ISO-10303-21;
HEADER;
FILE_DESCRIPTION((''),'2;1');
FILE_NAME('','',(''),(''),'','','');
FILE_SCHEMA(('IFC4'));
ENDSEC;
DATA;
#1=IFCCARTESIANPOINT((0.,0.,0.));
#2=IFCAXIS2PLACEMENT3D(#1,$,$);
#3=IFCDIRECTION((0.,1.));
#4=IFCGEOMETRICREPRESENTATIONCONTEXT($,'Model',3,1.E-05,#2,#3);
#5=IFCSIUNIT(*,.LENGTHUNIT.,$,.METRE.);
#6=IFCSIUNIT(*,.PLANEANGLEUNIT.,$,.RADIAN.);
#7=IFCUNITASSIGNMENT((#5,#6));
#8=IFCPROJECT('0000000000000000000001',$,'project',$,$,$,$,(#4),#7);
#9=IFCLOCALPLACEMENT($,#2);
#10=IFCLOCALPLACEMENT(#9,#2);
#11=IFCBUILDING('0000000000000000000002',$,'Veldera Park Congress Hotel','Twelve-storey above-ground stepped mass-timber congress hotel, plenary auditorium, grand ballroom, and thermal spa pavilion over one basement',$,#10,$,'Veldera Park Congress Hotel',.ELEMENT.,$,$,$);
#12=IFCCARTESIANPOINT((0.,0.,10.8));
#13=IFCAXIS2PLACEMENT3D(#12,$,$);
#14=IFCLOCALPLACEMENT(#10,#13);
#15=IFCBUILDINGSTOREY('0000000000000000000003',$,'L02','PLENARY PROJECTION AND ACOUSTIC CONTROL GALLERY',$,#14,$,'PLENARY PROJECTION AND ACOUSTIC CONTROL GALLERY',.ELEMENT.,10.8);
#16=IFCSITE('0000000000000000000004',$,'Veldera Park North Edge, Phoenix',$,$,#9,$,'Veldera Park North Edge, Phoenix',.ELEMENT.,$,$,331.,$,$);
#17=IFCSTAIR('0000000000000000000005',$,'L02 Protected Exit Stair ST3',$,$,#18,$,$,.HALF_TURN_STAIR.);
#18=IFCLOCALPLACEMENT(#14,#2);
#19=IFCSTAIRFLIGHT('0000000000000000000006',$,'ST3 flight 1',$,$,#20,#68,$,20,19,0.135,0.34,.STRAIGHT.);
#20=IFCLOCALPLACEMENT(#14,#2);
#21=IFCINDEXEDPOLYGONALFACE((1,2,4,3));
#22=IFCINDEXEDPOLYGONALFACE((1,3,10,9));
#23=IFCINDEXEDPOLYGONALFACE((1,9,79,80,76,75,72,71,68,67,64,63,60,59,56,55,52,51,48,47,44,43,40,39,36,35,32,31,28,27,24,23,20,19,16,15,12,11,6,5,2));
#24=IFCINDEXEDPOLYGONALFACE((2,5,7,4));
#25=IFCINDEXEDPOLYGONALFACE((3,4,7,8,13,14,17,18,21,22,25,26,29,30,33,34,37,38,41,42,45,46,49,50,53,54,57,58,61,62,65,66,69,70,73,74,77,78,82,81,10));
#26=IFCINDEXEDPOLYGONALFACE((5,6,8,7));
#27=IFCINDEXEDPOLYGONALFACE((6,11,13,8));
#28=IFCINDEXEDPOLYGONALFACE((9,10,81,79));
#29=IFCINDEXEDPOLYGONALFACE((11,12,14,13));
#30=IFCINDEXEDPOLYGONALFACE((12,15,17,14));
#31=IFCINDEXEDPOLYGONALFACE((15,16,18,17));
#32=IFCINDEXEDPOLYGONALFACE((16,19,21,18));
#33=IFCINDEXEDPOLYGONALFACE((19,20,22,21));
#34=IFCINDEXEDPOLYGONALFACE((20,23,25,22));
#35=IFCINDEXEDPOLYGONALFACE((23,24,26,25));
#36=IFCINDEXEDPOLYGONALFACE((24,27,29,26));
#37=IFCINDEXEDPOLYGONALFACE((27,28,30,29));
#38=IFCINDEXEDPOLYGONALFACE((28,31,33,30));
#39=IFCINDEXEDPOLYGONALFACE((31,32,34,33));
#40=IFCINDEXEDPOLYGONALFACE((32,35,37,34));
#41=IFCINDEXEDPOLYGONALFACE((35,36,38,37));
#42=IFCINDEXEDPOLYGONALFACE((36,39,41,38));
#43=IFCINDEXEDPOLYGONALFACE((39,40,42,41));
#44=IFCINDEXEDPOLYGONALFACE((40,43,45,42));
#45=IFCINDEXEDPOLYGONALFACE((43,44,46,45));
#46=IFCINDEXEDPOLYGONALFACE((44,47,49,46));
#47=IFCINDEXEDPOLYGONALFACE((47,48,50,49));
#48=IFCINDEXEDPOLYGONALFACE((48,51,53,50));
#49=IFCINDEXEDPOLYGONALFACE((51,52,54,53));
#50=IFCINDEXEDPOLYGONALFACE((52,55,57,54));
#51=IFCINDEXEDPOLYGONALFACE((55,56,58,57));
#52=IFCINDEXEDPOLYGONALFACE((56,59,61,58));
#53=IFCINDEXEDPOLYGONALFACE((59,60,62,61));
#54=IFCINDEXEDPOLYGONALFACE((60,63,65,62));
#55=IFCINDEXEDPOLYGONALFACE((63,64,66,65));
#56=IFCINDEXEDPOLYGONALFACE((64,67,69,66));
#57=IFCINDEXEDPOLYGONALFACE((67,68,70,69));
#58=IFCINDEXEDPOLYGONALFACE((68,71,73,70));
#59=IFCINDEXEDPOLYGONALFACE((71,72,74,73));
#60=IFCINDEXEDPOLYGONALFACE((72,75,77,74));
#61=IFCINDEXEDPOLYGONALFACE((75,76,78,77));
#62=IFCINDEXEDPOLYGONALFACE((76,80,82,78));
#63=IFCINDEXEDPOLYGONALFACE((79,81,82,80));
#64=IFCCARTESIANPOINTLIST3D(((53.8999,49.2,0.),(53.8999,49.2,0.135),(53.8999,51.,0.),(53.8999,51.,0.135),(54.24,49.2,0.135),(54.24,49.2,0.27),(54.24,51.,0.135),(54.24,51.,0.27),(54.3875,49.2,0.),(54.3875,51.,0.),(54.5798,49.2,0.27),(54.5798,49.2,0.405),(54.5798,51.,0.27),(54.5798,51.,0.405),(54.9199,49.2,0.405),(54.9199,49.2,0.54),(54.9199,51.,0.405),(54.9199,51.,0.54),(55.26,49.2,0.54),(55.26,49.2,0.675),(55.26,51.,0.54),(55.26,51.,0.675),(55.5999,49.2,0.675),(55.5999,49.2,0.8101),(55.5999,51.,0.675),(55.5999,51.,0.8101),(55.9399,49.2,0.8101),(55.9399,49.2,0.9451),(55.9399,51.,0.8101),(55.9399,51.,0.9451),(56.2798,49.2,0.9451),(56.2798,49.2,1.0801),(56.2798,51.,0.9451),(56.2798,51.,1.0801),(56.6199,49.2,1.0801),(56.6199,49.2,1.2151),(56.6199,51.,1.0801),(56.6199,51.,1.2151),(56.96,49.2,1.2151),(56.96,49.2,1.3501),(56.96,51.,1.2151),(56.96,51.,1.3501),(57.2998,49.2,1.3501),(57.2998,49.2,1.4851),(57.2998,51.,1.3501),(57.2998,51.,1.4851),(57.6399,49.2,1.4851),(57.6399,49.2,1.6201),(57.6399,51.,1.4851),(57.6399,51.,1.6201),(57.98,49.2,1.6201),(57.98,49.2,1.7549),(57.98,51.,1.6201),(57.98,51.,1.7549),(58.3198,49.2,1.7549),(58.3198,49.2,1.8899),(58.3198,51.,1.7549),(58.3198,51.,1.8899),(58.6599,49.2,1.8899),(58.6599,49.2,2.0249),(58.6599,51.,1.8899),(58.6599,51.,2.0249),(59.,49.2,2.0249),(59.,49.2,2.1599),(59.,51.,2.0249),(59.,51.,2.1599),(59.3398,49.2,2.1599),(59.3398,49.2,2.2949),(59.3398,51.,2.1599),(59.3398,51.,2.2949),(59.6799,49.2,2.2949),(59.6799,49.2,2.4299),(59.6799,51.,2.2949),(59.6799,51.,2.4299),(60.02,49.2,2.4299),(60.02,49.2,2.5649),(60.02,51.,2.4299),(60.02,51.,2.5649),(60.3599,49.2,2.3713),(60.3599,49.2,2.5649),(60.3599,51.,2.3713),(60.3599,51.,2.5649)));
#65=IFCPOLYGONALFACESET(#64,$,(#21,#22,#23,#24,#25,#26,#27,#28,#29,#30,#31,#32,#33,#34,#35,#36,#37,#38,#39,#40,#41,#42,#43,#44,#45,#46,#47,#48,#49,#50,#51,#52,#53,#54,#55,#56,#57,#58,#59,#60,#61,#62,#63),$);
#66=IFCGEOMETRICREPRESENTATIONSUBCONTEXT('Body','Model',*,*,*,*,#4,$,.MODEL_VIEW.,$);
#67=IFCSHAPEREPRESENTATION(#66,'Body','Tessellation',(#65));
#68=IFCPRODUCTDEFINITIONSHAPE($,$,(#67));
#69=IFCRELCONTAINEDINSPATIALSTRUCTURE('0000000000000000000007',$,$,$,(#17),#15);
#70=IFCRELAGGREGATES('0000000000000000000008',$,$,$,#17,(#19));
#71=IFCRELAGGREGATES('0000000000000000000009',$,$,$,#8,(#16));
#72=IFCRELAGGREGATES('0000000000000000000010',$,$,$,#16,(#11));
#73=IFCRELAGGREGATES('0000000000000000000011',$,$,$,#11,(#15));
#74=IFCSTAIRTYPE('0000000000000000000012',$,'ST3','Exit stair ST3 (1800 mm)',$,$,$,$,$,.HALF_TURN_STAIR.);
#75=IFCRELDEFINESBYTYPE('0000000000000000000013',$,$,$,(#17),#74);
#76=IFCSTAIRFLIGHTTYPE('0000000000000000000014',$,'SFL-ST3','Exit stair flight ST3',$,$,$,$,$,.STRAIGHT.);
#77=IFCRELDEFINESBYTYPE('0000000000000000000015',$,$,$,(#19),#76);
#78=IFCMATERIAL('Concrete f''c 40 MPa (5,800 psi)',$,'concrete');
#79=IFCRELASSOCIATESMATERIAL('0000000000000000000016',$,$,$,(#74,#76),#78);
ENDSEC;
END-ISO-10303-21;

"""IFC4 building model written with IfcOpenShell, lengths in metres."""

from ifc_helpers import new_model, si_unit, direction, frame, origin, place, context, subcontext, project, spatial, polyline, outline, extrude, material, type_object, element, aggregate, save


model = new_model("IFC4")

# Units and contexts
model_context = context("Model", 3, precision=1e-05, world=origin(), true_north=direction((0.0, 1.0)))
body_context = subcontext(model_context, "Body", "Model", "MODEL_VIEW")
ifc_project = project(units=[si_unit("LENGTHUNIT", "METRE"), si_unit("PLANEANGLEUNIT", "RADIAN")], contexts=[model_context])

# Site, building, storey
site_placement = place(None, origin())
site = spatial("IfcSite", under=ifc_project, at=site_placement, Name="Veldera Park North Edge, Phoenix", LongName="Veldera Park North Edge, Phoenix", CompositionType="ELEMENT", RefElevation=331.0)
building_placement = place(site_placement, origin())
building = spatial("IfcBuilding", under=site, at=building_placement, Name="Veldera Park Congress Hotel", Description="Twelve-storey above-ground stepped mass-timber congress hotel, plenary auditorium, grand ballroom, and thermal spa pavilion over one basement", LongName="Veldera Park Congress Hotel", CompositionType="ELEMENT")
storey_placement = place(building_placement, frame((0.0, 0.0, 10.8)))
storey = spatial("IfcBuildingStorey", under=building, at=storey_placement, Name="L02", Description="PLENARY PROJECTION AND ACOUSTIC CONTROL GALLERY", LongName="PLENARY PROJECTION AND ACOUSTIC CONTROL GALLERY", CompositionType="ELEMENT", Elevation=10.8)

# Shared definitions
ifc_material_1 = material(Name="Concrete f'c 40 MPa (5,800 psi)", Category="concrete")

# Stair, stair flight
stair_type = type_object("IfcStairType", Name="ST3", Description="Exit stair ST3 (1800 mm)", PredefinedType="HALF_TURN_STAIR", material=ifc_material_1)
stair_placement = place(storey_placement, origin())
stair = element("IfcStair", 1, at=stair_placement, inside=storey, type_object=stair_type, Name="L02 Protected Exit Stair ST3", PredefinedType="HALF_TURN_STAIR")
stair_flight_type = type_object("IfcStairFlightType", Name="SFL-ST3", Description="Exit stair flight ST3", PredefinedType="STRAIGHT", material=ifc_material_1)
stair_flight_placement = place(storey_placement, frame((53.8999, 50.1001, 0.0), z_axis=(0.0, 0.0, 1.0), x_axis=(1.0, 0.0, 0.0)))
stair_flight = element("IfcStairFlight", 2, at=stair_flight_placement, type_object=stair_flight_type, Name="ST3 flight 1", NumberOfRisers=20, NumberOfTreads=19, PredefinedType="STRAIGHT", RiserHeight=0.135, TreadLength=0.34, context=body_context, shape_type="SweptSolid", body=[
    extrude(outline(polyline([(0.0, 0.0), (0.0, 0.135), (0.3401, 0.135), (0.3401, 0.27), (0.6799, 0.27), (0.6799, 0.405), (1.02, 0.405), (1.02, 0.54), (1.3601, 0.54), (1.3601, 0.675), (1.7, 0.675), (1.7, 0.8101), (2.04, 0.8101), (2.04, 0.9451), (2.3799, 0.9451), (2.3799, 1.0801), (2.72, 1.0801), (2.72, 1.2151), (3.0601, 1.2151), (3.0601, 1.3501), (3.3999, 1.3501), (3.3999, 1.4851), (3.74, 1.4851), (3.74, 1.6201), (4.0801, 1.6201), (4.0801, 1.7549), (4.4199, 1.7549), (4.4199, 1.8899), (4.76, 1.8899), (4.76, 2.0249), (5.1001, 2.0249), (5.1001, 2.1599), (5.4399, 2.1599), (5.4399, 2.2949), (5.78, 2.2949), (5.78, 2.4299), (6.1201, 2.4299), (6.1201, 2.5649), (6.46, 2.5649), (6.46, 2.7), (6.46, 2.7), (6.46, 2.3713), (0.4875, 0.0), (0.0, 0.0)])), frame((0.0, 0.8999, 0.0), z_axis=(0.0, -1.0, 0.0), x_axis=(1.0, 0.0, 0.0)), (0.0, 0.0, 1.0), 1.8),
])
aggregate(stair, [stair_flight])

save(model, "model.ifc")
